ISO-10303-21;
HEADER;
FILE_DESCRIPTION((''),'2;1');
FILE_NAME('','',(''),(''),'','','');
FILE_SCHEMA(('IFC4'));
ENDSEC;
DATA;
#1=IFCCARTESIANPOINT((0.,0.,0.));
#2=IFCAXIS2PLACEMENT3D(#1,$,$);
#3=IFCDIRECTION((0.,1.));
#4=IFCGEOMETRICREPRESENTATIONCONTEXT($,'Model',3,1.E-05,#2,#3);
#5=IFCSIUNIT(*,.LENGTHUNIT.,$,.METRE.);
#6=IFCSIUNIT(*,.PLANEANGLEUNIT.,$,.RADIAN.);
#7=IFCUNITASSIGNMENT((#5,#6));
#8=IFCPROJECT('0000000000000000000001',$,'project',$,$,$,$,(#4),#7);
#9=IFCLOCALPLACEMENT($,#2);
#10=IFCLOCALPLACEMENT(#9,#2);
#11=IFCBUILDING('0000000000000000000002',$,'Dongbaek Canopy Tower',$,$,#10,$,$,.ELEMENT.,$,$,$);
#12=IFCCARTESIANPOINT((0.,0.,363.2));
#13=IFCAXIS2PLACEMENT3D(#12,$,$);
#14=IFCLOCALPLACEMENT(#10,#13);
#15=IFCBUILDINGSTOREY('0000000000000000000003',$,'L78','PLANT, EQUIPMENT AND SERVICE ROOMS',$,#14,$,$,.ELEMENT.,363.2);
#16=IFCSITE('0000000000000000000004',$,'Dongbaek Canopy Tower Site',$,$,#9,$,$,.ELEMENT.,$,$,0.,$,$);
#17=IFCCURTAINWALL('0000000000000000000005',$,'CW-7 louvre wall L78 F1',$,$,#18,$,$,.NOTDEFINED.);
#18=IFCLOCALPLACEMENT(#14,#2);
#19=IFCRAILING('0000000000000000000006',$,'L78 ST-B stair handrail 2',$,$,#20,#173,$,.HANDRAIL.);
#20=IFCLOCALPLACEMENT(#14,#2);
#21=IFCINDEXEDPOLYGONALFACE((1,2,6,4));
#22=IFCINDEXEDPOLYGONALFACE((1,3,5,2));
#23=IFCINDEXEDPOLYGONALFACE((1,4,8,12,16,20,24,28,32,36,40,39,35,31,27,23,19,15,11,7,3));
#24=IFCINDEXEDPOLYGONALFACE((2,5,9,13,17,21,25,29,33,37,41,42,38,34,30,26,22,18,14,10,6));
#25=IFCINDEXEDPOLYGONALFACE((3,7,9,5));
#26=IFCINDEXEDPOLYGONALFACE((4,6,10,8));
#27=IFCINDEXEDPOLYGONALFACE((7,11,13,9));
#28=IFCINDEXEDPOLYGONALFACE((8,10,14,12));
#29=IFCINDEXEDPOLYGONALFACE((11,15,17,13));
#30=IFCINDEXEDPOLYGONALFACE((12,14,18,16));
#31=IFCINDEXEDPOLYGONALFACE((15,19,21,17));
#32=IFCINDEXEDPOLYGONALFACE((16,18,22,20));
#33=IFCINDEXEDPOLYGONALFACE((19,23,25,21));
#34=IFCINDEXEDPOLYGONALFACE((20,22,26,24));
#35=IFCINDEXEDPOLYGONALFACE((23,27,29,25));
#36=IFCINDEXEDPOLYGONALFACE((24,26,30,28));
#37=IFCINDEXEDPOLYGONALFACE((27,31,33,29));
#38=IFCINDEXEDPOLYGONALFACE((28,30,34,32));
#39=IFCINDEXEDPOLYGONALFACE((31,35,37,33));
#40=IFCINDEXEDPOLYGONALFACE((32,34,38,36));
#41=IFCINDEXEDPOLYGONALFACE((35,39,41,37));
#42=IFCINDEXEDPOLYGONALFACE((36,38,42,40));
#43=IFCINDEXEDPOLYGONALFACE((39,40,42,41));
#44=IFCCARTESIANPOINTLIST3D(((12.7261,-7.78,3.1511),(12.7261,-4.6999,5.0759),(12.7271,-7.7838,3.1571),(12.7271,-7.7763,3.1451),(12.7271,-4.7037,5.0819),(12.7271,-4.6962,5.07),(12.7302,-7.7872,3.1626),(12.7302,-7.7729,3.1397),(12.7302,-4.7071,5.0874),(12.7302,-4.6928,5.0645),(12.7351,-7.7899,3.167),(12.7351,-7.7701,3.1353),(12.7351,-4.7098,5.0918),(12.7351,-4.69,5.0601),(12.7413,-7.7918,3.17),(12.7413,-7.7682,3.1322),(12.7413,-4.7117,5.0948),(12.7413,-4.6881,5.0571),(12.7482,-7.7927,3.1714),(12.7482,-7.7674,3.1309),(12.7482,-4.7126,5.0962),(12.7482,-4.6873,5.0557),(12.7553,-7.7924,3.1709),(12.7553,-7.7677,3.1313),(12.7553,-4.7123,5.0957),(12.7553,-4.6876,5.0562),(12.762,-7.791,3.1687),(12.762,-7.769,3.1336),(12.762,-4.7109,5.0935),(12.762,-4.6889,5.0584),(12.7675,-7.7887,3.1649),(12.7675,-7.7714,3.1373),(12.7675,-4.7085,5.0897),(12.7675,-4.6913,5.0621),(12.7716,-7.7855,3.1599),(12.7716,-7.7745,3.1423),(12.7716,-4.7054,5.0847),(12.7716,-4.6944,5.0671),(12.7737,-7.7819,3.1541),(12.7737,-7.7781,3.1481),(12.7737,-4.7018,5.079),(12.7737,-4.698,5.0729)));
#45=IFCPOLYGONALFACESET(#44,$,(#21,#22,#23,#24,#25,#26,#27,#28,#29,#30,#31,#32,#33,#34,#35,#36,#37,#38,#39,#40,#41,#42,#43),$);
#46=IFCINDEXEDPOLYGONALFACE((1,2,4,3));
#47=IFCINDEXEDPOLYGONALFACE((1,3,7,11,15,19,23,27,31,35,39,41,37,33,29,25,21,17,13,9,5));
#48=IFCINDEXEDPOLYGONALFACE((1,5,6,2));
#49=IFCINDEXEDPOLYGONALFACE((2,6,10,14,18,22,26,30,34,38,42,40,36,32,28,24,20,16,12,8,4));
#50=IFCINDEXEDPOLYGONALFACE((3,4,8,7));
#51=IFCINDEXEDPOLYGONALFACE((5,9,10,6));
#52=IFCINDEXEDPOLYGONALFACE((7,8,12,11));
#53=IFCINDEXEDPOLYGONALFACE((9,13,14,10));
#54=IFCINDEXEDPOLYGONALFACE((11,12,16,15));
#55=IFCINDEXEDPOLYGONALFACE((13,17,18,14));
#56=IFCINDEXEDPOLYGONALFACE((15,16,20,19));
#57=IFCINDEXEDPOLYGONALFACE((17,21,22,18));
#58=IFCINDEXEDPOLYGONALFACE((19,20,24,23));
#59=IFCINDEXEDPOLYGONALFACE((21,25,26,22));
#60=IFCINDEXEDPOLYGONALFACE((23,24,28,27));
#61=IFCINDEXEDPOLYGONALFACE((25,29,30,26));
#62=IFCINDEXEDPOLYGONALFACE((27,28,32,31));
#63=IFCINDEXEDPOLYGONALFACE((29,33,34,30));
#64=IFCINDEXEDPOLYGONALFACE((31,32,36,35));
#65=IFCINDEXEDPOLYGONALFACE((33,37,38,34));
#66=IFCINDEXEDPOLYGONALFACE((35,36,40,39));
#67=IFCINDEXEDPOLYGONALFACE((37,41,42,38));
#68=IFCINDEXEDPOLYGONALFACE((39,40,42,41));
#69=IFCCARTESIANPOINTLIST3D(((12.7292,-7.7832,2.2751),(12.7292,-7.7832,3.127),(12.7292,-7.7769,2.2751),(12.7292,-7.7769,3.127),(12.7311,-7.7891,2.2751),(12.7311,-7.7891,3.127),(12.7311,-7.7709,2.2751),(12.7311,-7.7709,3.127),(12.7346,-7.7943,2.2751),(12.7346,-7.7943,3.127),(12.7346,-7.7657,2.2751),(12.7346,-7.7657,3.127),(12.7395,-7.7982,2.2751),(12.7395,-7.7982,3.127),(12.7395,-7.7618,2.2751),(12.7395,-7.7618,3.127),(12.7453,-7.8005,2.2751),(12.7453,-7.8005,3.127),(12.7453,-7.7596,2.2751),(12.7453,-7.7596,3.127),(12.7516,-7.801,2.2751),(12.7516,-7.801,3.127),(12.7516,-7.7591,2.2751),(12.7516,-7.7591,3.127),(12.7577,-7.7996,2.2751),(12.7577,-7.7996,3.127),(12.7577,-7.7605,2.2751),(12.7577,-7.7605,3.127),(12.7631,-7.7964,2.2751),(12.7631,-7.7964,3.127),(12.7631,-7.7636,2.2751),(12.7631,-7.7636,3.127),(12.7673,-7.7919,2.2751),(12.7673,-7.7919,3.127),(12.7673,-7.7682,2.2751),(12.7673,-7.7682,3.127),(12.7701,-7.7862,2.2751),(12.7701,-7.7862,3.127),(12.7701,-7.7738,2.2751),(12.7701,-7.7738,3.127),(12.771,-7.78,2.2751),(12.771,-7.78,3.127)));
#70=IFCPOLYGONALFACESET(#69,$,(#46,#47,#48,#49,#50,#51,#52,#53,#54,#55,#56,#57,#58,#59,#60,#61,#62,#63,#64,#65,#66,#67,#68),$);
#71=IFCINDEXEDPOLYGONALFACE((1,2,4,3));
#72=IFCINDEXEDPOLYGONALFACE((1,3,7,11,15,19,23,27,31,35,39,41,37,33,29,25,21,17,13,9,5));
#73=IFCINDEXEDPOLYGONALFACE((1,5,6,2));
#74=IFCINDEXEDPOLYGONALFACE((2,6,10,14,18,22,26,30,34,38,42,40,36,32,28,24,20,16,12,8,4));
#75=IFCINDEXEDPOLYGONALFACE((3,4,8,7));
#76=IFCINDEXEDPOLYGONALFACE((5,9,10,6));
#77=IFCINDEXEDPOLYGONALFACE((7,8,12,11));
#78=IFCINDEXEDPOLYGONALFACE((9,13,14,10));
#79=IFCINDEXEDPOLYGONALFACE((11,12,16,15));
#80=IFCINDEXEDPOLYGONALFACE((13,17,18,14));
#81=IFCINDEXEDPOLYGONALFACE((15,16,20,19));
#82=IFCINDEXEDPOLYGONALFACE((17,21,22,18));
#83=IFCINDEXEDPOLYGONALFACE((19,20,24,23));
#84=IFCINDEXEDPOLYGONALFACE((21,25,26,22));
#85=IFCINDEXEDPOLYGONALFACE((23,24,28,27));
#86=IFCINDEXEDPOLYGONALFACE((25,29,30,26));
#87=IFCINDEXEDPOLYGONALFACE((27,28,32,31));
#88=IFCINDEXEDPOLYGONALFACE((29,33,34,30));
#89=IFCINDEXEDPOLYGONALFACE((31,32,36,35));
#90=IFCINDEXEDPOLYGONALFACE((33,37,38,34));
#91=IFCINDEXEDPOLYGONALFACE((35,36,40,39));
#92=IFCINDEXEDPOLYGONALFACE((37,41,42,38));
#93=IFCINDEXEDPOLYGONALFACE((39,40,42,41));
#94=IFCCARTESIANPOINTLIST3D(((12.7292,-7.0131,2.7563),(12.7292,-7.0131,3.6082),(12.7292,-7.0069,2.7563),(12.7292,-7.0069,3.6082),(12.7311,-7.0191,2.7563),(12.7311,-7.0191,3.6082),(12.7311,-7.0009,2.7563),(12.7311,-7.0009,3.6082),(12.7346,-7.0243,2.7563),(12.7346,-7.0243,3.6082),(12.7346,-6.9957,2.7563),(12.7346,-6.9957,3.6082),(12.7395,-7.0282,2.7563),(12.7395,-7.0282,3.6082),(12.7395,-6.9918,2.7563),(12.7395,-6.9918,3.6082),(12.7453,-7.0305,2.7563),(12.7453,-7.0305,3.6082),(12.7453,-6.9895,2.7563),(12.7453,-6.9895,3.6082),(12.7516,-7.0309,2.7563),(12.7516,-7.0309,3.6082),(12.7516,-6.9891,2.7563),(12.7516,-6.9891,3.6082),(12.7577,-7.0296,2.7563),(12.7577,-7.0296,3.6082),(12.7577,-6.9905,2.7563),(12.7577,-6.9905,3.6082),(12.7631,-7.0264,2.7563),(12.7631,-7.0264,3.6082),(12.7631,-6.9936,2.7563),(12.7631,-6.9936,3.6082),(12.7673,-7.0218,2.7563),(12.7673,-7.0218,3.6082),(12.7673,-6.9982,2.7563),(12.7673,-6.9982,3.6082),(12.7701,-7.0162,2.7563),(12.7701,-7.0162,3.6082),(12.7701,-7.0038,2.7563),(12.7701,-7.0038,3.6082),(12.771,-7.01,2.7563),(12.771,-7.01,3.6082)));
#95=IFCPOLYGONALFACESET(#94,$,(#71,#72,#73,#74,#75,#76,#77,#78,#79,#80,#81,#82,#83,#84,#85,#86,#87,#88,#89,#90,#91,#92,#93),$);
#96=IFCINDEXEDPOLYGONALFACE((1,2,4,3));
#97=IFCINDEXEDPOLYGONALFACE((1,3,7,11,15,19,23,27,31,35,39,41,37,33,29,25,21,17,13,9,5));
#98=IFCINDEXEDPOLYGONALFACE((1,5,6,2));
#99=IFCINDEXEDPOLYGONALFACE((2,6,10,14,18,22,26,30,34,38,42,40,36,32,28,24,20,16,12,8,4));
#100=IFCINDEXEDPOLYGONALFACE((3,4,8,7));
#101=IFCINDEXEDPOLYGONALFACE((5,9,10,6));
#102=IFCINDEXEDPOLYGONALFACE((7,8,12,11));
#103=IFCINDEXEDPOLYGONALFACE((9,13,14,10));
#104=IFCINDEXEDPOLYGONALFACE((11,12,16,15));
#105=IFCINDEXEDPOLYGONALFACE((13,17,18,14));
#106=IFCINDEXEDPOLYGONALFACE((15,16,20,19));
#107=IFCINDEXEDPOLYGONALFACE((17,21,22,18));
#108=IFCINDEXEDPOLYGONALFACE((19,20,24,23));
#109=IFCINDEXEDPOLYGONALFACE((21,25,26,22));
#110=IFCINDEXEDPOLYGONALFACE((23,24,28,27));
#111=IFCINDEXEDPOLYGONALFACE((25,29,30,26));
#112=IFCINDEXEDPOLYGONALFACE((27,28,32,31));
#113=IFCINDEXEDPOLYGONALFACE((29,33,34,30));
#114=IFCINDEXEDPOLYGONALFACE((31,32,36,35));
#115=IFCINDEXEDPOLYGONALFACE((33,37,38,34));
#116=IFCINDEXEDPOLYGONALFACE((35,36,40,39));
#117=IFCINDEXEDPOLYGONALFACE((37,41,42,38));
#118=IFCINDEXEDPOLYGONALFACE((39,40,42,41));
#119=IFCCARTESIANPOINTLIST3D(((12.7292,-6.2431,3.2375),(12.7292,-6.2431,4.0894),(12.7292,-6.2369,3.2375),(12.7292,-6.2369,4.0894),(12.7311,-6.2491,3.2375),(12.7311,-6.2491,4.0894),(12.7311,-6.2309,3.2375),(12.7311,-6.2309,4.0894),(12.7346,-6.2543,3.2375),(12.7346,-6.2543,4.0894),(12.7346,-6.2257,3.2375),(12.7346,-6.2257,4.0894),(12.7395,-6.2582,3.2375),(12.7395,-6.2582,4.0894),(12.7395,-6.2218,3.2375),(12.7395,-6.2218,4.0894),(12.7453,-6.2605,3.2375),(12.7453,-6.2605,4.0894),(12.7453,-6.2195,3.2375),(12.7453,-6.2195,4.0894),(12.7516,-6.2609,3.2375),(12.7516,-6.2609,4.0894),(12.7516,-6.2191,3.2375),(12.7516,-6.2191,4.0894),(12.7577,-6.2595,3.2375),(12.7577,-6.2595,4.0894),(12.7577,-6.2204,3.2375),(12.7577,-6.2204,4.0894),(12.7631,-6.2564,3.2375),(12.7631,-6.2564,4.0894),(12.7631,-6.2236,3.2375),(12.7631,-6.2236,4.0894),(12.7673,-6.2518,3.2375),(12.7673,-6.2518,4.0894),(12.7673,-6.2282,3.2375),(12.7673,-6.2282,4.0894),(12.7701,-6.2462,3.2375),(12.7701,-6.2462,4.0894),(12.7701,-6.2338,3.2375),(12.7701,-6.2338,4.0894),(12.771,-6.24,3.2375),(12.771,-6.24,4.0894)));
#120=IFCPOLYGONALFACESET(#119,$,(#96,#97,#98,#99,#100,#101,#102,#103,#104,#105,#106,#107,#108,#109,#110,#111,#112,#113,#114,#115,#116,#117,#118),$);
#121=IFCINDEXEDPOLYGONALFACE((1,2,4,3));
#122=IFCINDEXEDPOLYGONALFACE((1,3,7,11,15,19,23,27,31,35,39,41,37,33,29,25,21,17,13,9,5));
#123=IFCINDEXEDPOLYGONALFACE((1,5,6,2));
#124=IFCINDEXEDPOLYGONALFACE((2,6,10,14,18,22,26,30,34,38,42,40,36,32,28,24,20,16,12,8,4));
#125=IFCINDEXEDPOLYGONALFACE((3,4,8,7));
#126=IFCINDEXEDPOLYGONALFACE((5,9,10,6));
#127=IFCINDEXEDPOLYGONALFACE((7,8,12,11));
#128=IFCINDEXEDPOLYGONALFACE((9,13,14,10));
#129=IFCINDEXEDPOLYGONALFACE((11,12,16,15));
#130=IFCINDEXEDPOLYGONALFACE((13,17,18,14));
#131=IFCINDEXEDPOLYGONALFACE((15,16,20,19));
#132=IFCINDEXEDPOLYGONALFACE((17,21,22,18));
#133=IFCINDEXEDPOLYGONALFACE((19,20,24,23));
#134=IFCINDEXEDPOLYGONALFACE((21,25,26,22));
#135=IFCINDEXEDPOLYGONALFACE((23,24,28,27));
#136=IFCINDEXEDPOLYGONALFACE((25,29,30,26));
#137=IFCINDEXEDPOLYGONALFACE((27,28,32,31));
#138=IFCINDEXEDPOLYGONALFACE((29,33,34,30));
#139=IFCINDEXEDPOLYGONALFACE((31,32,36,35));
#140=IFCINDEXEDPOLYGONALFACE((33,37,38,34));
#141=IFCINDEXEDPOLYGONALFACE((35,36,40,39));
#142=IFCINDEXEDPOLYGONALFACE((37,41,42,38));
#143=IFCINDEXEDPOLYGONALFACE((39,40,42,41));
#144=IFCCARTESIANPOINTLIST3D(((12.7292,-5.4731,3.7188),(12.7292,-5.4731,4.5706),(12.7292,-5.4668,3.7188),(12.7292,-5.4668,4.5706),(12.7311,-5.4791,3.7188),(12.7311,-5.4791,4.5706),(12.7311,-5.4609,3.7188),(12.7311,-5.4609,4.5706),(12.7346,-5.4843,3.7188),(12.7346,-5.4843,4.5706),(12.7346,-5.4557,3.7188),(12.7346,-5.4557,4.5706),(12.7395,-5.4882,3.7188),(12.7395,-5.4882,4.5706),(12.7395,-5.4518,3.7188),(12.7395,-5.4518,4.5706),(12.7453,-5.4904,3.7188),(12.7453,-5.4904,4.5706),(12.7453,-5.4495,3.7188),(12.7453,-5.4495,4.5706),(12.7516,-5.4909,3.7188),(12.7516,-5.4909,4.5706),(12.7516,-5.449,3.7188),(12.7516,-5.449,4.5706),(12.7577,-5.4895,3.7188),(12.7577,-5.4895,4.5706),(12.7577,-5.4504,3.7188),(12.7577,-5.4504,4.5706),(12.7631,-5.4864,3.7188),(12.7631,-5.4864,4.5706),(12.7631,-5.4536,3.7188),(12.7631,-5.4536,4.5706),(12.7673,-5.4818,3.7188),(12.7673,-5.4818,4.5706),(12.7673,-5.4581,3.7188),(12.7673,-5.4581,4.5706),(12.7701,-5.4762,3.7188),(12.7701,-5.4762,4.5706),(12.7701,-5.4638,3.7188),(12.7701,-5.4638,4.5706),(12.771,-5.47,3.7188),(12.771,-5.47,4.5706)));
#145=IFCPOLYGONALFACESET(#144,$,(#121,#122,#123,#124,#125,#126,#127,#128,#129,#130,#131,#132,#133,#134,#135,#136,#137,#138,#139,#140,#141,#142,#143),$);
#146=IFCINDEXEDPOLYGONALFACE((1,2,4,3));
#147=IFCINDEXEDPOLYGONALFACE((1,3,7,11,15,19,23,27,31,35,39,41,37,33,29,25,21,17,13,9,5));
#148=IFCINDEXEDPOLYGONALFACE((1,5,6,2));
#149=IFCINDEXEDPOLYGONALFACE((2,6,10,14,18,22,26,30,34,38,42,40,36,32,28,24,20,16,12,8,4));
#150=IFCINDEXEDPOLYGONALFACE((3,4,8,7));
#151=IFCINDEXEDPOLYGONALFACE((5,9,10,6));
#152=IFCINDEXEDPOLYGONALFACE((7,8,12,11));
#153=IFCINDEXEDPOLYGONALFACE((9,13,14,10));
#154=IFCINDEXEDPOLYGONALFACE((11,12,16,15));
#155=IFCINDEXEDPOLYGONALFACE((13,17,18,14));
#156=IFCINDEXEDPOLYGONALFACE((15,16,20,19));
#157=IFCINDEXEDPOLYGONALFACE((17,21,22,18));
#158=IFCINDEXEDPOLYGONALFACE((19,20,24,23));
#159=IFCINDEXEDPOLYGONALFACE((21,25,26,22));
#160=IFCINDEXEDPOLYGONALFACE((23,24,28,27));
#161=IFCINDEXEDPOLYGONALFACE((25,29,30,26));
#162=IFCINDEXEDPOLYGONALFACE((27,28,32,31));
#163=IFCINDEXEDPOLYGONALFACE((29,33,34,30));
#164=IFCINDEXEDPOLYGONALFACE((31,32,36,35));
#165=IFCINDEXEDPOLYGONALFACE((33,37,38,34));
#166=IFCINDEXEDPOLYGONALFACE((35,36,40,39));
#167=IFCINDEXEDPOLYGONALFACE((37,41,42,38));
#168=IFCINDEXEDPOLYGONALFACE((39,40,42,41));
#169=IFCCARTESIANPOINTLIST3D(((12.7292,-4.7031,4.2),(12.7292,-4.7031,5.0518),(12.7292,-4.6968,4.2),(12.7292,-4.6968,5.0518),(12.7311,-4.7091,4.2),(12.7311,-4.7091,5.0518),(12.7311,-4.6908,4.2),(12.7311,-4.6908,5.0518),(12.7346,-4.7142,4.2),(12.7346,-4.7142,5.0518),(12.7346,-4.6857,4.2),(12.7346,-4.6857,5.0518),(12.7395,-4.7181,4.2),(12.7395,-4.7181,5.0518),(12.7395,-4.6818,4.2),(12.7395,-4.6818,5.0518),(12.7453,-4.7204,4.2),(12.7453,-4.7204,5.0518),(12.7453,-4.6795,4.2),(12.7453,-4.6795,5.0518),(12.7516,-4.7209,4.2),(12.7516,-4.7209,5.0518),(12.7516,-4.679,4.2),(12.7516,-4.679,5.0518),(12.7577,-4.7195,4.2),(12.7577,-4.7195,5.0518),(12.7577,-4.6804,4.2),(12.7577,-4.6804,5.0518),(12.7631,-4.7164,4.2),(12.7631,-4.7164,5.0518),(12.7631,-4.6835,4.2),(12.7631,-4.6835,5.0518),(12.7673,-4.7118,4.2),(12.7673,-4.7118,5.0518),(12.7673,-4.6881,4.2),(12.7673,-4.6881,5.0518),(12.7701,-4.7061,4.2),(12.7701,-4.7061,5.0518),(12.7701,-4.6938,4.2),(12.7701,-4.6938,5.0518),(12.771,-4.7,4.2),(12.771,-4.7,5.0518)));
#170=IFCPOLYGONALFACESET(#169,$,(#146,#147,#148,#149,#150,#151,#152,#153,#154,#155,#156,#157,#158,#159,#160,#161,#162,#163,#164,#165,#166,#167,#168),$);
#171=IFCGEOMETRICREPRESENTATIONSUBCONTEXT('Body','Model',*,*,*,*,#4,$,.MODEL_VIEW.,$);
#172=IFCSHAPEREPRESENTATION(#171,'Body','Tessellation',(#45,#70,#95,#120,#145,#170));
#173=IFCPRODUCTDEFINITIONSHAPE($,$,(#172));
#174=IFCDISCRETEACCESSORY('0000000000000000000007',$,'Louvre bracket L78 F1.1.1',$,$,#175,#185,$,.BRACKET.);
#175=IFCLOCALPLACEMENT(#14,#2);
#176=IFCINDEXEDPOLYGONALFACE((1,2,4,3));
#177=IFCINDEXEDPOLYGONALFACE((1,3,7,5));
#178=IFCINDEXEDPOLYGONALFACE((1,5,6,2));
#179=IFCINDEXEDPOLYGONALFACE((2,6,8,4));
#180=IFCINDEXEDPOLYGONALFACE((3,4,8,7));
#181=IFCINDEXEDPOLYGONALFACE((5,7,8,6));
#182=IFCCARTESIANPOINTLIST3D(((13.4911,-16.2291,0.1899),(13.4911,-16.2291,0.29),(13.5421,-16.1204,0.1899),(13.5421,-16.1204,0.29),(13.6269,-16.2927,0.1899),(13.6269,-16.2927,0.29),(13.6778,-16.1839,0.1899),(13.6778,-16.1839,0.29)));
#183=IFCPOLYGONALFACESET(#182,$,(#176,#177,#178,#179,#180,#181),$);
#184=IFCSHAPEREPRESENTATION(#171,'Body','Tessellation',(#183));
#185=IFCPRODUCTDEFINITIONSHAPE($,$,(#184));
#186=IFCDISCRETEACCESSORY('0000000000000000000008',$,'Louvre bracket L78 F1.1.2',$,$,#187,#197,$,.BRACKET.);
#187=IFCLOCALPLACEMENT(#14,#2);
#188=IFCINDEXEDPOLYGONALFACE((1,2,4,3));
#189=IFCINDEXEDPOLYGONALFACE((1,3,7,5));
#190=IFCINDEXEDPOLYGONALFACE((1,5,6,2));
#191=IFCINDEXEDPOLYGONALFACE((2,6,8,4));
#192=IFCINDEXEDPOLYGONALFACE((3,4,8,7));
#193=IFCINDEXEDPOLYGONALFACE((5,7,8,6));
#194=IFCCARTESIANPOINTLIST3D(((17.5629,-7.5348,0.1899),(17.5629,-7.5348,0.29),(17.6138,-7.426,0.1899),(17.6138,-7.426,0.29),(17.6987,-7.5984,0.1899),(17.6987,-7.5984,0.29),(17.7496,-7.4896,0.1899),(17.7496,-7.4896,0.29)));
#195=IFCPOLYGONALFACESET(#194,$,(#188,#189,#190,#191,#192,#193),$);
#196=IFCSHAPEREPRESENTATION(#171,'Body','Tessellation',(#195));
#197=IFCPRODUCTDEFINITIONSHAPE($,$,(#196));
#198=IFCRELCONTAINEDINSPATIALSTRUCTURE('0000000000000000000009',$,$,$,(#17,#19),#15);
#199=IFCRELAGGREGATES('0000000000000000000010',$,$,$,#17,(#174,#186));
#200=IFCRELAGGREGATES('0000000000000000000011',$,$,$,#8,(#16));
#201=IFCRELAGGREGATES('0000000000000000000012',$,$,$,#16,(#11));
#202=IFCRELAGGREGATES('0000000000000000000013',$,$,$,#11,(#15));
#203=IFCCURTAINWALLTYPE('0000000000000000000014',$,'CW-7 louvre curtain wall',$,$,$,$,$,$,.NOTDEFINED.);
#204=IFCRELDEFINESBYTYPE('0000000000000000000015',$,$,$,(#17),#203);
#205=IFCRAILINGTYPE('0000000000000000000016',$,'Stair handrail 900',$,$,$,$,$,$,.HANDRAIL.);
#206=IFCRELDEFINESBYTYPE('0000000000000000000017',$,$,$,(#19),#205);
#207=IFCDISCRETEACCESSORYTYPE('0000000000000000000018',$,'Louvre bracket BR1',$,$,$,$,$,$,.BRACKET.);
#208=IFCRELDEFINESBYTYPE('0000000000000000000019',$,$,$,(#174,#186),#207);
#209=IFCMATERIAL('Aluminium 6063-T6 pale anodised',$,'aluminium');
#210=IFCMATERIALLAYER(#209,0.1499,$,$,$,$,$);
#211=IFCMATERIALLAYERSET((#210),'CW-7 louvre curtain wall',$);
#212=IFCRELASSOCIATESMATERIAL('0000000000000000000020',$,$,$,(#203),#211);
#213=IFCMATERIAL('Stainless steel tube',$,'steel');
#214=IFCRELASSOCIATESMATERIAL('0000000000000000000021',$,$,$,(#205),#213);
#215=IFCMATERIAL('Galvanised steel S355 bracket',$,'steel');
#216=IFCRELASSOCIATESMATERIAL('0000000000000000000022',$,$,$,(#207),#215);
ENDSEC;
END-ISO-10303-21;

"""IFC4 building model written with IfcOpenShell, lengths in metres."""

from ifc_helpers import new_model, si_unit, direction, frame, origin, origin_2d, place, context, subcontext, project, spatial, rectangle, circle, extrude, material, layer, layer_set, type_object, element, aggregate, save


model = new_model("IFC4")

# Units and contexts
model_context = context("Model", 3, precision=1e-05, world=origin(), true_north=direction((0.0, 1.0)))
body_context = subcontext(model_context, "Body", "Model", "MODEL_VIEW")
ifc_project = project(units=[si_unit("LENGTHUNIT", "METRE"), si_unit("PLANEANGLEUNIT", "RADIAN")], contexts=[model_context])

# Site, building, storey
site_placement = place(None, origin())
site = spatial("IfcSite", under=ifc_project, at=site_placement, Name="Dongbaek Canopy Tower Site", CompositionType="ELEMENT", RefElevation=0.0)
building_placement = place(site_placement, origin())
building = spatial("IfcBuilding", under=site, at=building_placement, Name="Dongbaek Canopy Tower", CompositionType="ELEMENT")
storey_placement = place(building_placement, frame((0.0, 0.0, 363.2)))
storey = spatial("IfcBuildingStorey", under=building, at=storey_placement, Name="L78", Description="PLANT, EQUIPMENT AND SERVICE ROOMS", CompositionType="ELEMENT", Elevation=363.2)

# Shared definitions
ifc_material_1 = material(Name="Aluminium 6063-T6 pale anodised", Category="aluminium")
ifc_layer_1 = layer(ifc_material_1, 0.1499)
ifc_layer_set_1 = layer_set([ifc_layer_1], Name="CW-7 louvre curtain wall")
curtain_wall_type = type_object("IfcCurtainWallType", Name="CW-7 louvre curtain wall", PredefinedType="NOTDEFINED", material=ifc_layer_set_1)

# Curtain wall
curtain_wall_1_placement = place(storey_placement, origin())
curtain_wall_1 = element("IfcCurtainWall", 1, at=curtain_wall_1_placement, inside=storey, type_object=curtain_wall_type, Name="CW-7 louvre wall L78 F1", PredefinedType="NOTDEFINED")

# Railing
ifc_material_2 = material(Name="Stainless steel tube", Category="steel")
railing_type_1 = type_object("IfcRailingType", Name="Stair handrail 900", PredefinedType="HANDRAIL", material=ifc_material_2)
railing_1_placement = place(storey_placement, frame((12.75, -7.78, 2.2751)))
element("IfcRailing", 2, at=railing_1_placement, inside=storey, type_object=railing_type_1, Name="L78 ST-B stair handrail 2", PredefinedType="HANDRAIL", context=body_context, shape_type="SweptSolid", body=[
    extrude(circle(Radius=0.0239, at=origin_2d()), frame((0.0, 0.0, 0.876), z_axis=(0.0, 0.848029, 0.529951), x_axis=(-1.0, 0.0, 0.0)), (0.0, 0.0, 1.0), 3.6321),
    extrude(circle(Radius=0.021, at=origin_2d()), origin(), (0.0, 0.0, 1.0), 0.8518),
    extrude(circle(Radius=0.021, at=origin_2d()), frame((0.0, 0.77, 0.4812)), (0.0, 0.0, 1.0), 0.8518),
    extrude(circle(Radius=0.021, at=origin_2d()), frame((0.0, 1.54, 0.9624)), (0.0, 0.0, 1.0), 0.8518),
    extrude(circle(Radius=0.021, at=origin_2d()), frame((0.0, 2.3101, 1.4436)), (0.0, 0.0, 1.0), 0.8518),
    extrude(circle(Radius=0.021, at=origin_2d()), frame((0.0, 3.0801, 1.9248)), (0.0, 0.0, 1.0), 0.8518),
])

# Discrete accessories
ifc_material_3 = material(Name="Galvanised steel S355 bracket", Category="steel")
discrete_accessory_type = type_object("IfcDiscreteAccessoryType", Name="Louvre bracket BR1", PredefinedType="BRACKET", material=ifc_material_3)
discrete_accessory_1_placement = place(storey_placement, frame((13.5845, -16.2065, 0.1899), z_axis=(0.0, 0.0, 1.0), x_axis=(0.424123, 0.905605, 0.0)))
discrete_accessory_1 = element("IfcDiscreteAccessory", 3, at=discrete_accessory_1_placement, type_object=discrete_accessory_type, Name="Louvre bracket L78 F1.1.1", PredefinedType="BRACKET", context=body_context, shape_type="SweptSolid", body=[
    extrude(rectangle(XDim=0.1201, YDim=0.1499, at=origin_2d()), origin(), (0.0, 0.0, 1.0), 0.1001),
])
discrete_accessory_2_placement = place(storey_placement, frame((17.6562, -7.5122, 0.1899), z_axis=(0.0, 0.0, 1.0), x_axis=(0.424123, 0.905605, 0.0)))
discrete_accessory_2 = element("IfcDiscreteAccessory", 4, at=discrete_accessory_2_placement, type_object=discrete_accessory_type, Name="Louvre bracket L78 F1.1.2", PredefinedType="BRACKET", context=body_context, shape_type="SweptSolid", body=[
    extrude(rectangle(XDim=0.1201, YDim=0.1499, at=origin_2d()), origin(), (0.0, 0.0, 1.0), 0.1001),
])
aggregate(curtain_wall_1, [discrete_accessory_1, discrete_accessory_2])

save(model, "model.ifc")
